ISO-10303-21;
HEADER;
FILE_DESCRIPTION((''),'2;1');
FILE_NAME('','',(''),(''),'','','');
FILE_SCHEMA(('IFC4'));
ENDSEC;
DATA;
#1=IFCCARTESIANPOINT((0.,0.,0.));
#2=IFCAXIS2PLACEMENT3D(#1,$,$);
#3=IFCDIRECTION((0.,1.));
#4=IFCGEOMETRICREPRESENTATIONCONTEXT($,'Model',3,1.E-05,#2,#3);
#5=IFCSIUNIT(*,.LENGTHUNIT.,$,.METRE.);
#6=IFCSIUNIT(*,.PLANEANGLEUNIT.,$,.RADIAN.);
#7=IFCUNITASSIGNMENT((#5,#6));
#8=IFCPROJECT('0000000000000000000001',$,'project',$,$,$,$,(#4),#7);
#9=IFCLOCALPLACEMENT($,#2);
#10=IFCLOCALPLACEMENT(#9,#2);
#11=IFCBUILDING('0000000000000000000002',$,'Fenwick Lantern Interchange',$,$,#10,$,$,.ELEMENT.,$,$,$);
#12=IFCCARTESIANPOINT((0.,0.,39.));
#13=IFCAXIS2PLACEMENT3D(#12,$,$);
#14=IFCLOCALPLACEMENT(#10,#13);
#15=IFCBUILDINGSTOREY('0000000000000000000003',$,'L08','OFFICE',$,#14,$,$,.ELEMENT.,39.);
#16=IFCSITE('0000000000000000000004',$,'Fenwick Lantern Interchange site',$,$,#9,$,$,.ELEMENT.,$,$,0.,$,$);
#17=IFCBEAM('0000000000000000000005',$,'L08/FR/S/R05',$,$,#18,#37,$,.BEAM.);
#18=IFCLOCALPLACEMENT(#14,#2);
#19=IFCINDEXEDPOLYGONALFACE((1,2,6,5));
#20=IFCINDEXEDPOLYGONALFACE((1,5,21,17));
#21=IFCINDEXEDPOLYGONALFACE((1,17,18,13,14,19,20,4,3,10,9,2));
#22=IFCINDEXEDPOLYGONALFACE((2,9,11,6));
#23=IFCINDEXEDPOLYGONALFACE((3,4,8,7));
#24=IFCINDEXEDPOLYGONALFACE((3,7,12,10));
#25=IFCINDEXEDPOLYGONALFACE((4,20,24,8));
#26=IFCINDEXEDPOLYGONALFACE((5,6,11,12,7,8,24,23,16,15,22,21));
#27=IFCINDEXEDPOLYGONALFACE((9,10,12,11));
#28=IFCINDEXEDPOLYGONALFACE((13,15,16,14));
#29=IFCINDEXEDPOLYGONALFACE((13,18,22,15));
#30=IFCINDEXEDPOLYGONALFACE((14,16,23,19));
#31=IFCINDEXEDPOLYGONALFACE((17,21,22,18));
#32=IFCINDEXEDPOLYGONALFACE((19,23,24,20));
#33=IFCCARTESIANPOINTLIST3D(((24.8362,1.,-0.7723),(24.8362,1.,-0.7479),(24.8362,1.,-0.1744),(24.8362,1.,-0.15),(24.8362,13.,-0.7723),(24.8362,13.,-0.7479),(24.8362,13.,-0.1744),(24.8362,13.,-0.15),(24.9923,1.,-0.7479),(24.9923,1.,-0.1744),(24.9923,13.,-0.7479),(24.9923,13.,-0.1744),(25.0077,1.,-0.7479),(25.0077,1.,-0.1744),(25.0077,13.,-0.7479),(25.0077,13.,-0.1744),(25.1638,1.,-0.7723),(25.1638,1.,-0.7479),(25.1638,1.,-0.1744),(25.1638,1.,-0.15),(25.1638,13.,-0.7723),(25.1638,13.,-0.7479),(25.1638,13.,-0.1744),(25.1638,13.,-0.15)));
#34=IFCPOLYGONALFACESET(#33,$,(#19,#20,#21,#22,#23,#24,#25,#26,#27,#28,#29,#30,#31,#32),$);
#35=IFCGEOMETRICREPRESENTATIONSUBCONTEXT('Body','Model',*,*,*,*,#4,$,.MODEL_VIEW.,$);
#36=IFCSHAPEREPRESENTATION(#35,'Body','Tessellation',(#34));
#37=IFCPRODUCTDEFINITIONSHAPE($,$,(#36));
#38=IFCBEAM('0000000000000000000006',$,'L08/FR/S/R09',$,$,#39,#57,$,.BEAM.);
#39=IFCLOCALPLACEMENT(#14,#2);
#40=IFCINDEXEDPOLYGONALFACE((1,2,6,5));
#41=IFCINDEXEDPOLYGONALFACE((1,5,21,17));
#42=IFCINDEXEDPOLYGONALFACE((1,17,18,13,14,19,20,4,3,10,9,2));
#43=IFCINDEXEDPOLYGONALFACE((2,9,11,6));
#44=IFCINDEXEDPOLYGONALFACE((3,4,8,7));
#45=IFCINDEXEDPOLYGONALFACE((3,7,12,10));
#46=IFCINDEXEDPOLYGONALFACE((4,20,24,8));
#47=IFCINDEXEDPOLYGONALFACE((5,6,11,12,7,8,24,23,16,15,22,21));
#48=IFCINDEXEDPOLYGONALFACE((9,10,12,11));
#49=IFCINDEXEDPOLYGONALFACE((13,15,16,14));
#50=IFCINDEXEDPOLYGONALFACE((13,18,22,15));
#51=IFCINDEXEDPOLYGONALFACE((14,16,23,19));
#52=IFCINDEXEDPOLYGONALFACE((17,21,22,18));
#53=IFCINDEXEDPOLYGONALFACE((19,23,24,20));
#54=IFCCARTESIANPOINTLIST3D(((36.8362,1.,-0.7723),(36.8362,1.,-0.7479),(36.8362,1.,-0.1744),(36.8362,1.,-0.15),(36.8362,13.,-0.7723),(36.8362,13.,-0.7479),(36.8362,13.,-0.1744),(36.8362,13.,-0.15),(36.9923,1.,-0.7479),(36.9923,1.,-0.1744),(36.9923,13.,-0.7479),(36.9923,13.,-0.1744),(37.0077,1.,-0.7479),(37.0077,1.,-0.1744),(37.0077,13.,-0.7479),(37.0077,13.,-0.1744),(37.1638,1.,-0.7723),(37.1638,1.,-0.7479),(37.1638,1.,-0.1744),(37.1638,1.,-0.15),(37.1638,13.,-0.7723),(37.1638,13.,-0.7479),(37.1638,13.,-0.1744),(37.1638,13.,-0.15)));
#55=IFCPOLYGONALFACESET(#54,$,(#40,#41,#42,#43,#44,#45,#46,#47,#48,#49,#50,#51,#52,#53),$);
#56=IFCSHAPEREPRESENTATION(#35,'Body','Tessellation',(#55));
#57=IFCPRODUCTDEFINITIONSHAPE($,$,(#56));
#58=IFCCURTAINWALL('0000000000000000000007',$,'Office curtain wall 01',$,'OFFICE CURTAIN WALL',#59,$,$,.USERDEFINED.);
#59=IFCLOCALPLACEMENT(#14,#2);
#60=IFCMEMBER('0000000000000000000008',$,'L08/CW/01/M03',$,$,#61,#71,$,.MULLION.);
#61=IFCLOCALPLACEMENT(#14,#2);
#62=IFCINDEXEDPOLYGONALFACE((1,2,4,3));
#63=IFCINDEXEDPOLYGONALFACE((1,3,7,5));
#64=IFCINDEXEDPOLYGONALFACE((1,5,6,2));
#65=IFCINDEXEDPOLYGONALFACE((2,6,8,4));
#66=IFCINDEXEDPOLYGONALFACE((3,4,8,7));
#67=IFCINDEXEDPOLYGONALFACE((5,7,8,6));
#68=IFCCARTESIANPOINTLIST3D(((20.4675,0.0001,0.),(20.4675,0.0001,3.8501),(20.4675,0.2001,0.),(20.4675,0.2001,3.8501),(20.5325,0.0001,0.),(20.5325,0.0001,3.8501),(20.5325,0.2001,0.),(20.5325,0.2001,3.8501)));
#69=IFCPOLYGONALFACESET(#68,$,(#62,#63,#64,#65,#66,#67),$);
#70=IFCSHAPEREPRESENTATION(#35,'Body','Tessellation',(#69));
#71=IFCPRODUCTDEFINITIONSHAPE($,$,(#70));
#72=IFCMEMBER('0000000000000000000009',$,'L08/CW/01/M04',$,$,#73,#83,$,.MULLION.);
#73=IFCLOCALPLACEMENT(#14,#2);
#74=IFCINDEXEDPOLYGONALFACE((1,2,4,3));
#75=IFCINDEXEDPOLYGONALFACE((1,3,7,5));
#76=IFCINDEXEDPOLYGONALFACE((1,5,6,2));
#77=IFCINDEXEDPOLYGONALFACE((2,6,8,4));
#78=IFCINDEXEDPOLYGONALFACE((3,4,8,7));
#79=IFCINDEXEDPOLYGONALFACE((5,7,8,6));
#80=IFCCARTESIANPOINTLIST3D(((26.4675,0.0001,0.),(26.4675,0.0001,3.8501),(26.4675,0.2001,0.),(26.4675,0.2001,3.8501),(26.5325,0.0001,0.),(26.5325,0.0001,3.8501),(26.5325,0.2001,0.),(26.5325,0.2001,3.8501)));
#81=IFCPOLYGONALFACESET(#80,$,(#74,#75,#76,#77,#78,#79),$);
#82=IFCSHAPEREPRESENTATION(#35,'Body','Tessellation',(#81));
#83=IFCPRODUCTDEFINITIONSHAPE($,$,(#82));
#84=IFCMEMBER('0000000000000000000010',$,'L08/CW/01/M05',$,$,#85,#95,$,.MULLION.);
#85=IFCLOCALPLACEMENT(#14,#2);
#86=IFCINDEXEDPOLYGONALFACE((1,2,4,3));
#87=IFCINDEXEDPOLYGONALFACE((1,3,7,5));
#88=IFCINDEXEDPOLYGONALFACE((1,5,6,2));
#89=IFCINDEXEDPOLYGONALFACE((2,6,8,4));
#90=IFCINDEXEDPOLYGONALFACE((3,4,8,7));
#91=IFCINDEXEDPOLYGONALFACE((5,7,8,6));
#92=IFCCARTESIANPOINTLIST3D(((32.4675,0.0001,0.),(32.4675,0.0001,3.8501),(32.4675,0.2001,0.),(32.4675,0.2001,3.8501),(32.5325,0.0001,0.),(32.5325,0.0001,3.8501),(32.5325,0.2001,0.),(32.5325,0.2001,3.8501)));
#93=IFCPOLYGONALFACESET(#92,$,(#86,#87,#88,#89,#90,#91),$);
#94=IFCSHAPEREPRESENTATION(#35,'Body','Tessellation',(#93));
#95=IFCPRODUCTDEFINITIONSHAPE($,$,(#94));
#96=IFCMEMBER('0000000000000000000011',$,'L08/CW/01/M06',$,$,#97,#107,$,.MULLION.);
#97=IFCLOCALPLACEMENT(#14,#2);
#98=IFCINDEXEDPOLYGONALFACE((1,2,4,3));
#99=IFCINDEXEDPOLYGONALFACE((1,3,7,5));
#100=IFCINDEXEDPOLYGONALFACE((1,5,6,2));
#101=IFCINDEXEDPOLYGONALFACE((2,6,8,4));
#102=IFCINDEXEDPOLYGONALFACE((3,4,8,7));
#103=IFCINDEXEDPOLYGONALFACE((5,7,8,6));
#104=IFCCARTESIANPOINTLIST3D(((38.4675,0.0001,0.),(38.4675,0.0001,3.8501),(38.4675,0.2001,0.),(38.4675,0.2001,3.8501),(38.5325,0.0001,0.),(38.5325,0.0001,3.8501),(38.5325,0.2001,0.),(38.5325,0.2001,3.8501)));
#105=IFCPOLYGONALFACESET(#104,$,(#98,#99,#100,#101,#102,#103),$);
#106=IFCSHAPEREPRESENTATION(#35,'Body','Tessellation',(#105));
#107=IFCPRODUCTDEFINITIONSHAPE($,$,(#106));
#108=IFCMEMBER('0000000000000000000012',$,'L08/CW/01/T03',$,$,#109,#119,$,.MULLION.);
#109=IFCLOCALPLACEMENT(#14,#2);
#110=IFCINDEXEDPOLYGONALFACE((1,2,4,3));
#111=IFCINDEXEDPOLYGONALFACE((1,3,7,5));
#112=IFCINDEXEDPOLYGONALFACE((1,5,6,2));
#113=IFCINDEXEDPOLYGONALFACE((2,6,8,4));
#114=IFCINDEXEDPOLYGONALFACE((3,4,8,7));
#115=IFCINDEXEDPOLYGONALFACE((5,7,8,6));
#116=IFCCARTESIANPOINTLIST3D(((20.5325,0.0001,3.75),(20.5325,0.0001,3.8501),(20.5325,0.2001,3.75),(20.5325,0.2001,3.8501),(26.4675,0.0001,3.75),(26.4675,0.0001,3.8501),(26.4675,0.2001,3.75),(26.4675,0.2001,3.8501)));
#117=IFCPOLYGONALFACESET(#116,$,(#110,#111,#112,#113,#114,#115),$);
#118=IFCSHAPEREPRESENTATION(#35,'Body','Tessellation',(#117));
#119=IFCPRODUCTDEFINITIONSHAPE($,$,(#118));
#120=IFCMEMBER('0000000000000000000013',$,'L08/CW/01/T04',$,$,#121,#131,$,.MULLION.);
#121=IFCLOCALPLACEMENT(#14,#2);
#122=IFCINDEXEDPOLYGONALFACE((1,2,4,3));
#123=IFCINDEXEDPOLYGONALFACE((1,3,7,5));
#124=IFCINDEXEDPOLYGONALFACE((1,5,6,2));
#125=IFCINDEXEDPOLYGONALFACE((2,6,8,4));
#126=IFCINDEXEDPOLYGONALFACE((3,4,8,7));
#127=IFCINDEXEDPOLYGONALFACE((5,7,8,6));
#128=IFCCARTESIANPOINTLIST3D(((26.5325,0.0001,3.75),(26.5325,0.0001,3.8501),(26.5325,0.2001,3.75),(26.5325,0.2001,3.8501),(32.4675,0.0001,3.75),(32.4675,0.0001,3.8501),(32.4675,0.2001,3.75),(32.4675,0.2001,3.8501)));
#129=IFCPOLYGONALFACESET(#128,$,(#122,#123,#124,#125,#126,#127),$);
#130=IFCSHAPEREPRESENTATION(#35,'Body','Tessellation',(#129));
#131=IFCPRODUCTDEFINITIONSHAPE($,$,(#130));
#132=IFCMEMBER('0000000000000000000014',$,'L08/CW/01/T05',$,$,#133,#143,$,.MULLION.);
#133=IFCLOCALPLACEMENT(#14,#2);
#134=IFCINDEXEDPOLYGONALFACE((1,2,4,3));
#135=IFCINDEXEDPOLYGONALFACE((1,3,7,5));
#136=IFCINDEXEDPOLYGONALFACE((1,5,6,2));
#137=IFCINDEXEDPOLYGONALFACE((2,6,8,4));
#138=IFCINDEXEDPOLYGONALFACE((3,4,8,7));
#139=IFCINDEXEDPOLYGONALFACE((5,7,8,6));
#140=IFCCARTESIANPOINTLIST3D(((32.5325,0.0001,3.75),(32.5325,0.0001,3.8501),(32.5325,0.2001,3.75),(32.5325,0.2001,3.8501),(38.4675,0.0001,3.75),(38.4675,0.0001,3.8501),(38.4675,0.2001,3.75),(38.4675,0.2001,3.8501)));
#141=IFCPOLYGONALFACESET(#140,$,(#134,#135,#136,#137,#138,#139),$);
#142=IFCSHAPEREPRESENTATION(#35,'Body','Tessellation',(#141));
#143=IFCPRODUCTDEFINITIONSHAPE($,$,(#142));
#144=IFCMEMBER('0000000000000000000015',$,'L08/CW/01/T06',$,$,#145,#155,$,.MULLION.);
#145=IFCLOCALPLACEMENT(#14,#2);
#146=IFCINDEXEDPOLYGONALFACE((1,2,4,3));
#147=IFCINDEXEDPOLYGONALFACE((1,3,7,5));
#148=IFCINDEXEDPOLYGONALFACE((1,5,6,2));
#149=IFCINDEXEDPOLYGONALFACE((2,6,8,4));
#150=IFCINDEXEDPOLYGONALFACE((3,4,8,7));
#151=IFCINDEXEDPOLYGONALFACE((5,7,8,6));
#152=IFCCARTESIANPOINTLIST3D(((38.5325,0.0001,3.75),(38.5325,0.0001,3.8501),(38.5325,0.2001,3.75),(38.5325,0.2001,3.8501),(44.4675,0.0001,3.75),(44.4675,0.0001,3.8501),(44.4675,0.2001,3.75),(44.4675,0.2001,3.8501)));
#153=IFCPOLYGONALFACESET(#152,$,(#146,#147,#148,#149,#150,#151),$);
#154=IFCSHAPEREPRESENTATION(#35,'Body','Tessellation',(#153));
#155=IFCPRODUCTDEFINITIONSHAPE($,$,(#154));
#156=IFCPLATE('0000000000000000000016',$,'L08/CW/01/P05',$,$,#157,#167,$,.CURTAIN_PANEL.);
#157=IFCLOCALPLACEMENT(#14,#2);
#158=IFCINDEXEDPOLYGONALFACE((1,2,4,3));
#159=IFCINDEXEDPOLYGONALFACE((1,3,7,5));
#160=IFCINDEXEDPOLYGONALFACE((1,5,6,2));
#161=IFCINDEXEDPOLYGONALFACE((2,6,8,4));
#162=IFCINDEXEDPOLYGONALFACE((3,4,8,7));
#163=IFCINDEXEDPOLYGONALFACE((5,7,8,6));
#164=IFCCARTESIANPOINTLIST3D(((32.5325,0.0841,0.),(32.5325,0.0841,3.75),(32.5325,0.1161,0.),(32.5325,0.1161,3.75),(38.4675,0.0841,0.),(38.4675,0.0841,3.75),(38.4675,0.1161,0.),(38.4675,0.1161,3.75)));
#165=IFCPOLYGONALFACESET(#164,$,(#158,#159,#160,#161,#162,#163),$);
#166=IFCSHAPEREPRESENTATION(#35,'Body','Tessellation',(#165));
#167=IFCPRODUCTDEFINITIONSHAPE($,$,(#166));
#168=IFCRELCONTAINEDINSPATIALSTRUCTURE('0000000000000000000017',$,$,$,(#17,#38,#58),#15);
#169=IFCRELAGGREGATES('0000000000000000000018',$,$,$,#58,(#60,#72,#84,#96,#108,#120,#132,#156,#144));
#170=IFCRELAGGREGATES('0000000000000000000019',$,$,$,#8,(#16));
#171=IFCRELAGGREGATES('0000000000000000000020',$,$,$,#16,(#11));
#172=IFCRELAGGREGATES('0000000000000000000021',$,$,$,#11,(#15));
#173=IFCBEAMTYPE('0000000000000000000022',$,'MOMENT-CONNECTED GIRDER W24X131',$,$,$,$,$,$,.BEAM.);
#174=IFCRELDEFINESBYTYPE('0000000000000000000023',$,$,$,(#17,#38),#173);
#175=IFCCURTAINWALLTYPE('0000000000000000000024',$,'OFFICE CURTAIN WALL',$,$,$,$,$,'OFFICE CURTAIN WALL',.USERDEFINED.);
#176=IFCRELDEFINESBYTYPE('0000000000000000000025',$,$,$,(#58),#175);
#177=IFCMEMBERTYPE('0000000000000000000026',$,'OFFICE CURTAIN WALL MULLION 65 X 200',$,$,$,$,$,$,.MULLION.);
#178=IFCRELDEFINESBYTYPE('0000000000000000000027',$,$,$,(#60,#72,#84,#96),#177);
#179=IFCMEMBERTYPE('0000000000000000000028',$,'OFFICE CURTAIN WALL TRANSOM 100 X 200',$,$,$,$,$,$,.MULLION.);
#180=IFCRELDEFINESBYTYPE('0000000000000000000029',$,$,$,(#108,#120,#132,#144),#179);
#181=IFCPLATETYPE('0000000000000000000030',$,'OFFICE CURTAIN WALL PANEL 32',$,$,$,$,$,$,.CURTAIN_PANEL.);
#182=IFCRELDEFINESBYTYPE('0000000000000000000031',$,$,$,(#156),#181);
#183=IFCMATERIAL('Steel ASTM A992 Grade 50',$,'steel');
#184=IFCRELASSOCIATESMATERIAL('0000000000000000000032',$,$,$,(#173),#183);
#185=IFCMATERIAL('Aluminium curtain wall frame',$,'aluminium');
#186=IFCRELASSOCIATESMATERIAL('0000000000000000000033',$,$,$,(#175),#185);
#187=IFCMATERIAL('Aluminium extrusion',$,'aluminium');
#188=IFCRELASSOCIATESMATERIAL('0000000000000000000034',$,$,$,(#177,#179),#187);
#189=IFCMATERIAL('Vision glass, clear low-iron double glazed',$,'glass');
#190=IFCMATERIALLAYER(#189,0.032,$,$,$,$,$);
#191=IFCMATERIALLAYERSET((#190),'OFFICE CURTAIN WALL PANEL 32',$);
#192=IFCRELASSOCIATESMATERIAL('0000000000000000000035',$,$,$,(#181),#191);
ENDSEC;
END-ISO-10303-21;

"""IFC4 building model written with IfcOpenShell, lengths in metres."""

from ifc_helpers import new_model, si_unit, direction, frame, origin, origin_2d, place, context, subcontext, project, spatial, rectangle, i_section, extrude, material, layer, layer_set, material_profile, profile_set, type_object, element, aggregate, save


model = new_model("IFC4")

# Units and contexts
model_context = context("Model", 3, precision=1e-05, world=origin(), true_north=direction((0.0, 1.0)))
body_context = subcontext(model_context, "Body", "Model", "MODEL_VIEW")
ifc_project = project(units=[si_unit("LENGTHUNIT", "METRE"), si_unit("PLANEANGLEUNIT", "RADIAN")], contexts=[model_context])

# Site, building, storey
site_placement = place(None, origin())
site = spatial("IfcSite", under=ifc_project, at=site_placement, Name="Fenwick Lantern Interchange site", CompositionType="ELEMENT", RefElevation=0.0)
building_placement = place(site_placement, origin())
building = spatial("IfcBuilding", under=site, at=building_placement, Name="Fenwick Lantern Interchange", CompositionType="ELEMENT")
storey_placement = place(building_placement, frame((0.0, 0.0, 39.0)))
storey = spatial("IfcBuildingStorey", under=building, at=storey_placement, Name="L08", Description="OFFICE", CompositionType="ELEMENT", Elevation=39.0)

# Beams
ifc_material_1 = material(Name="Steel ASTM A992 Grade 50", Category="steel")
ifc_material_profile_1 = material_profile(ifc_material_1, i_section(OverallWidth=0.3276, OverallDepth=0.6223, WebThickness=0.0154, FlangeThickness=0.0244, at=origin_2d()), Name="W24X131")
ifc_profile_set_1 = profile_set([ifc_material_profile_1], Name="Steel ASTM A992 Grade 50")
beam_type_1 = type_object("IfcBeamType", Name="MOMENT-CONNECTED GIRDER W24X131", PredefinedType="BEAM", material=ifc_profile_set_1)
for number, where, z_axis, x_axis, name in (
    (1, (25.0, 1.0, -0.4612), (0.0, 1.0, 0.0), (-1.0, 0.0, 0.0), "L08/FR/S/R05"),
    (2, (37.0, 1.0, -0.4612), (0.0, 1.0, 0.0), (-1.0, 0.0, 0.0), "L08/FR/S/R09"),
):
    element("IfcBeam", number, at=place(storey_placement, frame(where, z_axis=z_axis, x_axis=x_axis)), inside=storey, type_object=beam_type_1, Name=name, PredefinedType="BEAM", context=body_context, shape_type="SweptSolid", body=[
        extrude(i_section(OverallWidth=0.3276, OverallDepth=0.6223, WebThickness=0.0154, FlangeThickness=0.0244, at=origin_2d()), origin(), (0.0, 0.0, 1.0), 12.0),
    ])

# Curtain wall, members, plate
ifc_material_2 = material(Name="Aluminium curtain wall frame", Category="aluminium")
curtain_wall_type = type_object("IfcCurtainWallType", Name="OFFICE CURTAIN WALL", ElementType="OFFICE CURTAIN WALL", PredefinedType="USERDEFINED", material=ifc_material_2)
curtain_wall_placement = place(storey_placement, origin())
curtain_wall = element("IfcCurtainWall", 3, at=curtain_wall_placement, inside=storey, type_object=curtain_wall_type, Name="Office curtain wall 01", ObjectType="OFFICE CURTAIN WALL", PredefinedType="USERDEFINED")
ifc_material_3 = material(Name="Aluminium extrusion", Category="aluminium")
ifc_material_profile_2 = material_profile(ifc_material_3, rectangle(XDim=0.2, YDim=0.0649, at=origin_2d()), Name="OFFICE CURTAIN WALL MULLION 65 X 200")
ifc_profile_set_2 = profile_set([ifc_material_profile_2], Name="Aluminium extrusion")
member_type_1 = type_object("IfcMemberType", Name="OFFICE CURTAIN WALL MULLION 65 X 200", PredefinedType="MULLION", material=ifc_profile_set_2)
member_1_placement = place(storey_placement, frame((20.5, 0.1001, 0.0), z_axis=(0.0, 0.0, 1.0), x_axis=(0.0, 1.0, 0.0)))
member_1 = element("IfcMember", 4, at=member_1_placement, type_object=member_type_1, Name="L08/CW/01/M03", PredefinedType="MULLION", context=body_context, shape_type="SweptSolid", body=[
    extrude(rectangle(XDim=0.2, YDim=0.0649, at=origin_2d()), origin(), (0.0, 0.0, 1.0), 3.8501),
])
member_2_placement = place(storey_placement, frame((26.5, 0.1001, 0.0), z_axis=(0.0, 0.0, 1.0), x_axis=(0.0, 1.0, 0.0)))
member_2 = element("IfcMember", 5, at=member_2_placement, type_object=member_type_1, Name="L08/CW/01/M04", PredefinedType="MULLION", context=body_context, shape_type="SweptSolid", body=[
    extrude(rectangle(XDim=0.2, YDim=0.0649, at=origin_2d()), origin(), (0.0, 0.0, 1.0), 3.8501),
])
member_3_placement = place(storey_placement, frame((32.5, 0.1001, 0.0), z_axis=(0.0, 0.0, 1.0), x_axis=(0.0, 1.0, 0.0)))
member_3 = element("IfcMember", 6, at=member_3_placement, type_object=member_type_1, Name="L08/CW/01/M05", PredefinedType="MULLION", context=body_context, shape_type="SweptSolid", body=[
    extrude(rectangle(XDim=0.2, YDim=0.0649, at=origin_2d()), origin(), (0.0, 0.0, 1.0), 3.8501),
])
member_4_placement = place(storey_placement, frame((38.5, 0.1001, 0.0), z_axis=(0.0, 0.0, 1.0), x_axis=(0.0, 1.0, 0.0)))
member_4 = element("IfcMember", 7, at=member_4_placement, type_object=member_type_1, Name="L08/CW/01/M06", PredefinedType="MULLION", context=body_context, shape_type="SweptSolid", body=[
    extrude(rectangle(XDim=0.2, YDim=0.0649, at=origin_2d()), origin(), (0.0, 0.0, 1.0), 3.8501),
])
ifc_material_profile_3 = material_profile(ifc_material_3, rectangle(XDim=0.2, YDim=0.1001, at=origin_2d()), Name="OFFICE CURTAIN WALL TRANSOM 100 X 200")
ifc_profile_set_3 = profile_set([ifc_material_profile_3], Name="Aluminium extrusion")
member_type_2 = type_object("IfcMemberType", Name="OFFICE CURTAIN WALL TRANSOM 100 X 200", PredefinedType="MULLION", material=ifc_profile_set_3)
member_5_placement = place(storey_placement, frame((20.5325, 0.1001, 3.8), z_axis=(1.0, 0.0, 0.0), x_axis=(0.0, 1.0, 0.0)))
member_5 = element("IfcMember", 8, at=member_5_placement, type_object=member_type_2, Name="L08/CW/01/T03", PredefinedType="MULLION", context=body_context, shape_type="SweptSolid", body=[
    extrude(rectangle(XDim=0.2, YDim=0.1001, at=origin_2d()), origin(), (0.0, 0.0, 1.0), 5.9351),
])
member_6_placement = place(storey_placement, frame((26.5325, 0.1001, 3.8), z_axis=(1.0, 0.0, 0.0), x_axis=(0.0, 1.0, 0.0)))
member_6 = element("IfcMember", 9, at=member_6_placement, type_object=member_type_2, Name="L08/CW/01/T04", PredefinedType="MULLION", context=body_context, shape_type="SweptSolid", body=[
    extrude(rectangle(XDim=0.2, YDim=0.1001, at=origin_2d()), origin(), (0.0, 0.0, 1.0), 5.9351),
])
member_7_placement = place(storey_placement, frame((32.5325, 0.1001, 3.8), z_axis=(1.0, 0.0, 0.0), x_axis=(0.0, 1.0, 0.0)))
member_7 = element("IfcMember", 10, at=member_7_placement, type_object=member_type_2, Name="L08/CW/01/T05", PredefinedType="MULLION", context=body_context, shape_type="SweptSolid", body=[
    extrude(rectangle(XDim=0.2, YDim=0.1001, at=origin_2d()), origin(), (0.0, 0.0, 1.0), 5.9351),
])
member_8_placement = place(storey_placement, frame((38.5325, 0.1001, 3.8), z_axis=(1.0, 0.0, 0.0), x_axis=(0.0, 1.0, 0.0)))
member_8 = element("IfcMember", 11, at=member_8_placement, type_object=member_type_2, Name="L08/CW/01/T06", PredefinedType="MULLION", context=body_context, shape_type="SweptSolid", body=[
    extrude(rectangle(XDim=0.2, YDim=0.1001, at=origin_2d()), origin(), (0.0, 0.0, 1.0), 5.9351),
])
ifc_material_4 = material(Name="Vision glass, clear low-iron double glazed", Category="glass")
ifc_layer_1 = layer(ifc_material_4, 0.032)
ifc_layer_set_1 = layer_set([ifc_layer_1], Name="OFFICE CURTAIN WALL PANEL 32")
plate_type = type_object("IfcPlateType", Name="OFFICE CURTAIN WALL PANEL 32", PredefinedType="CURTAIN_PANEL", material=ifc_layer_set_1)
plate_placement = place(storey_placement, frame((35.5, 0.1001, 0.0), z_axis=(0.0, 0.0, 1.0), x_axis=(1.0, 0.0, 0.0)))
plate = element("IfcPlate", 12, at=plate_placement, type_object=plate_type, Name="L08/CW/01/P05", PredefinedType="CURTAIN_PANEL", context=body_context, shape_type="SweptSolid", body=[
    extrude(rectangle(XDim=5.9351, YDim=0.032, at=origin_2d()), origin(), (0.0, 0.0, 1.0), 3.75),
])
aggregate(curtain_wall, [member_1, member_2, member_3, member_4, member_5, member_6, member_7, plate, member_8])

save(model, "model.ifc")
